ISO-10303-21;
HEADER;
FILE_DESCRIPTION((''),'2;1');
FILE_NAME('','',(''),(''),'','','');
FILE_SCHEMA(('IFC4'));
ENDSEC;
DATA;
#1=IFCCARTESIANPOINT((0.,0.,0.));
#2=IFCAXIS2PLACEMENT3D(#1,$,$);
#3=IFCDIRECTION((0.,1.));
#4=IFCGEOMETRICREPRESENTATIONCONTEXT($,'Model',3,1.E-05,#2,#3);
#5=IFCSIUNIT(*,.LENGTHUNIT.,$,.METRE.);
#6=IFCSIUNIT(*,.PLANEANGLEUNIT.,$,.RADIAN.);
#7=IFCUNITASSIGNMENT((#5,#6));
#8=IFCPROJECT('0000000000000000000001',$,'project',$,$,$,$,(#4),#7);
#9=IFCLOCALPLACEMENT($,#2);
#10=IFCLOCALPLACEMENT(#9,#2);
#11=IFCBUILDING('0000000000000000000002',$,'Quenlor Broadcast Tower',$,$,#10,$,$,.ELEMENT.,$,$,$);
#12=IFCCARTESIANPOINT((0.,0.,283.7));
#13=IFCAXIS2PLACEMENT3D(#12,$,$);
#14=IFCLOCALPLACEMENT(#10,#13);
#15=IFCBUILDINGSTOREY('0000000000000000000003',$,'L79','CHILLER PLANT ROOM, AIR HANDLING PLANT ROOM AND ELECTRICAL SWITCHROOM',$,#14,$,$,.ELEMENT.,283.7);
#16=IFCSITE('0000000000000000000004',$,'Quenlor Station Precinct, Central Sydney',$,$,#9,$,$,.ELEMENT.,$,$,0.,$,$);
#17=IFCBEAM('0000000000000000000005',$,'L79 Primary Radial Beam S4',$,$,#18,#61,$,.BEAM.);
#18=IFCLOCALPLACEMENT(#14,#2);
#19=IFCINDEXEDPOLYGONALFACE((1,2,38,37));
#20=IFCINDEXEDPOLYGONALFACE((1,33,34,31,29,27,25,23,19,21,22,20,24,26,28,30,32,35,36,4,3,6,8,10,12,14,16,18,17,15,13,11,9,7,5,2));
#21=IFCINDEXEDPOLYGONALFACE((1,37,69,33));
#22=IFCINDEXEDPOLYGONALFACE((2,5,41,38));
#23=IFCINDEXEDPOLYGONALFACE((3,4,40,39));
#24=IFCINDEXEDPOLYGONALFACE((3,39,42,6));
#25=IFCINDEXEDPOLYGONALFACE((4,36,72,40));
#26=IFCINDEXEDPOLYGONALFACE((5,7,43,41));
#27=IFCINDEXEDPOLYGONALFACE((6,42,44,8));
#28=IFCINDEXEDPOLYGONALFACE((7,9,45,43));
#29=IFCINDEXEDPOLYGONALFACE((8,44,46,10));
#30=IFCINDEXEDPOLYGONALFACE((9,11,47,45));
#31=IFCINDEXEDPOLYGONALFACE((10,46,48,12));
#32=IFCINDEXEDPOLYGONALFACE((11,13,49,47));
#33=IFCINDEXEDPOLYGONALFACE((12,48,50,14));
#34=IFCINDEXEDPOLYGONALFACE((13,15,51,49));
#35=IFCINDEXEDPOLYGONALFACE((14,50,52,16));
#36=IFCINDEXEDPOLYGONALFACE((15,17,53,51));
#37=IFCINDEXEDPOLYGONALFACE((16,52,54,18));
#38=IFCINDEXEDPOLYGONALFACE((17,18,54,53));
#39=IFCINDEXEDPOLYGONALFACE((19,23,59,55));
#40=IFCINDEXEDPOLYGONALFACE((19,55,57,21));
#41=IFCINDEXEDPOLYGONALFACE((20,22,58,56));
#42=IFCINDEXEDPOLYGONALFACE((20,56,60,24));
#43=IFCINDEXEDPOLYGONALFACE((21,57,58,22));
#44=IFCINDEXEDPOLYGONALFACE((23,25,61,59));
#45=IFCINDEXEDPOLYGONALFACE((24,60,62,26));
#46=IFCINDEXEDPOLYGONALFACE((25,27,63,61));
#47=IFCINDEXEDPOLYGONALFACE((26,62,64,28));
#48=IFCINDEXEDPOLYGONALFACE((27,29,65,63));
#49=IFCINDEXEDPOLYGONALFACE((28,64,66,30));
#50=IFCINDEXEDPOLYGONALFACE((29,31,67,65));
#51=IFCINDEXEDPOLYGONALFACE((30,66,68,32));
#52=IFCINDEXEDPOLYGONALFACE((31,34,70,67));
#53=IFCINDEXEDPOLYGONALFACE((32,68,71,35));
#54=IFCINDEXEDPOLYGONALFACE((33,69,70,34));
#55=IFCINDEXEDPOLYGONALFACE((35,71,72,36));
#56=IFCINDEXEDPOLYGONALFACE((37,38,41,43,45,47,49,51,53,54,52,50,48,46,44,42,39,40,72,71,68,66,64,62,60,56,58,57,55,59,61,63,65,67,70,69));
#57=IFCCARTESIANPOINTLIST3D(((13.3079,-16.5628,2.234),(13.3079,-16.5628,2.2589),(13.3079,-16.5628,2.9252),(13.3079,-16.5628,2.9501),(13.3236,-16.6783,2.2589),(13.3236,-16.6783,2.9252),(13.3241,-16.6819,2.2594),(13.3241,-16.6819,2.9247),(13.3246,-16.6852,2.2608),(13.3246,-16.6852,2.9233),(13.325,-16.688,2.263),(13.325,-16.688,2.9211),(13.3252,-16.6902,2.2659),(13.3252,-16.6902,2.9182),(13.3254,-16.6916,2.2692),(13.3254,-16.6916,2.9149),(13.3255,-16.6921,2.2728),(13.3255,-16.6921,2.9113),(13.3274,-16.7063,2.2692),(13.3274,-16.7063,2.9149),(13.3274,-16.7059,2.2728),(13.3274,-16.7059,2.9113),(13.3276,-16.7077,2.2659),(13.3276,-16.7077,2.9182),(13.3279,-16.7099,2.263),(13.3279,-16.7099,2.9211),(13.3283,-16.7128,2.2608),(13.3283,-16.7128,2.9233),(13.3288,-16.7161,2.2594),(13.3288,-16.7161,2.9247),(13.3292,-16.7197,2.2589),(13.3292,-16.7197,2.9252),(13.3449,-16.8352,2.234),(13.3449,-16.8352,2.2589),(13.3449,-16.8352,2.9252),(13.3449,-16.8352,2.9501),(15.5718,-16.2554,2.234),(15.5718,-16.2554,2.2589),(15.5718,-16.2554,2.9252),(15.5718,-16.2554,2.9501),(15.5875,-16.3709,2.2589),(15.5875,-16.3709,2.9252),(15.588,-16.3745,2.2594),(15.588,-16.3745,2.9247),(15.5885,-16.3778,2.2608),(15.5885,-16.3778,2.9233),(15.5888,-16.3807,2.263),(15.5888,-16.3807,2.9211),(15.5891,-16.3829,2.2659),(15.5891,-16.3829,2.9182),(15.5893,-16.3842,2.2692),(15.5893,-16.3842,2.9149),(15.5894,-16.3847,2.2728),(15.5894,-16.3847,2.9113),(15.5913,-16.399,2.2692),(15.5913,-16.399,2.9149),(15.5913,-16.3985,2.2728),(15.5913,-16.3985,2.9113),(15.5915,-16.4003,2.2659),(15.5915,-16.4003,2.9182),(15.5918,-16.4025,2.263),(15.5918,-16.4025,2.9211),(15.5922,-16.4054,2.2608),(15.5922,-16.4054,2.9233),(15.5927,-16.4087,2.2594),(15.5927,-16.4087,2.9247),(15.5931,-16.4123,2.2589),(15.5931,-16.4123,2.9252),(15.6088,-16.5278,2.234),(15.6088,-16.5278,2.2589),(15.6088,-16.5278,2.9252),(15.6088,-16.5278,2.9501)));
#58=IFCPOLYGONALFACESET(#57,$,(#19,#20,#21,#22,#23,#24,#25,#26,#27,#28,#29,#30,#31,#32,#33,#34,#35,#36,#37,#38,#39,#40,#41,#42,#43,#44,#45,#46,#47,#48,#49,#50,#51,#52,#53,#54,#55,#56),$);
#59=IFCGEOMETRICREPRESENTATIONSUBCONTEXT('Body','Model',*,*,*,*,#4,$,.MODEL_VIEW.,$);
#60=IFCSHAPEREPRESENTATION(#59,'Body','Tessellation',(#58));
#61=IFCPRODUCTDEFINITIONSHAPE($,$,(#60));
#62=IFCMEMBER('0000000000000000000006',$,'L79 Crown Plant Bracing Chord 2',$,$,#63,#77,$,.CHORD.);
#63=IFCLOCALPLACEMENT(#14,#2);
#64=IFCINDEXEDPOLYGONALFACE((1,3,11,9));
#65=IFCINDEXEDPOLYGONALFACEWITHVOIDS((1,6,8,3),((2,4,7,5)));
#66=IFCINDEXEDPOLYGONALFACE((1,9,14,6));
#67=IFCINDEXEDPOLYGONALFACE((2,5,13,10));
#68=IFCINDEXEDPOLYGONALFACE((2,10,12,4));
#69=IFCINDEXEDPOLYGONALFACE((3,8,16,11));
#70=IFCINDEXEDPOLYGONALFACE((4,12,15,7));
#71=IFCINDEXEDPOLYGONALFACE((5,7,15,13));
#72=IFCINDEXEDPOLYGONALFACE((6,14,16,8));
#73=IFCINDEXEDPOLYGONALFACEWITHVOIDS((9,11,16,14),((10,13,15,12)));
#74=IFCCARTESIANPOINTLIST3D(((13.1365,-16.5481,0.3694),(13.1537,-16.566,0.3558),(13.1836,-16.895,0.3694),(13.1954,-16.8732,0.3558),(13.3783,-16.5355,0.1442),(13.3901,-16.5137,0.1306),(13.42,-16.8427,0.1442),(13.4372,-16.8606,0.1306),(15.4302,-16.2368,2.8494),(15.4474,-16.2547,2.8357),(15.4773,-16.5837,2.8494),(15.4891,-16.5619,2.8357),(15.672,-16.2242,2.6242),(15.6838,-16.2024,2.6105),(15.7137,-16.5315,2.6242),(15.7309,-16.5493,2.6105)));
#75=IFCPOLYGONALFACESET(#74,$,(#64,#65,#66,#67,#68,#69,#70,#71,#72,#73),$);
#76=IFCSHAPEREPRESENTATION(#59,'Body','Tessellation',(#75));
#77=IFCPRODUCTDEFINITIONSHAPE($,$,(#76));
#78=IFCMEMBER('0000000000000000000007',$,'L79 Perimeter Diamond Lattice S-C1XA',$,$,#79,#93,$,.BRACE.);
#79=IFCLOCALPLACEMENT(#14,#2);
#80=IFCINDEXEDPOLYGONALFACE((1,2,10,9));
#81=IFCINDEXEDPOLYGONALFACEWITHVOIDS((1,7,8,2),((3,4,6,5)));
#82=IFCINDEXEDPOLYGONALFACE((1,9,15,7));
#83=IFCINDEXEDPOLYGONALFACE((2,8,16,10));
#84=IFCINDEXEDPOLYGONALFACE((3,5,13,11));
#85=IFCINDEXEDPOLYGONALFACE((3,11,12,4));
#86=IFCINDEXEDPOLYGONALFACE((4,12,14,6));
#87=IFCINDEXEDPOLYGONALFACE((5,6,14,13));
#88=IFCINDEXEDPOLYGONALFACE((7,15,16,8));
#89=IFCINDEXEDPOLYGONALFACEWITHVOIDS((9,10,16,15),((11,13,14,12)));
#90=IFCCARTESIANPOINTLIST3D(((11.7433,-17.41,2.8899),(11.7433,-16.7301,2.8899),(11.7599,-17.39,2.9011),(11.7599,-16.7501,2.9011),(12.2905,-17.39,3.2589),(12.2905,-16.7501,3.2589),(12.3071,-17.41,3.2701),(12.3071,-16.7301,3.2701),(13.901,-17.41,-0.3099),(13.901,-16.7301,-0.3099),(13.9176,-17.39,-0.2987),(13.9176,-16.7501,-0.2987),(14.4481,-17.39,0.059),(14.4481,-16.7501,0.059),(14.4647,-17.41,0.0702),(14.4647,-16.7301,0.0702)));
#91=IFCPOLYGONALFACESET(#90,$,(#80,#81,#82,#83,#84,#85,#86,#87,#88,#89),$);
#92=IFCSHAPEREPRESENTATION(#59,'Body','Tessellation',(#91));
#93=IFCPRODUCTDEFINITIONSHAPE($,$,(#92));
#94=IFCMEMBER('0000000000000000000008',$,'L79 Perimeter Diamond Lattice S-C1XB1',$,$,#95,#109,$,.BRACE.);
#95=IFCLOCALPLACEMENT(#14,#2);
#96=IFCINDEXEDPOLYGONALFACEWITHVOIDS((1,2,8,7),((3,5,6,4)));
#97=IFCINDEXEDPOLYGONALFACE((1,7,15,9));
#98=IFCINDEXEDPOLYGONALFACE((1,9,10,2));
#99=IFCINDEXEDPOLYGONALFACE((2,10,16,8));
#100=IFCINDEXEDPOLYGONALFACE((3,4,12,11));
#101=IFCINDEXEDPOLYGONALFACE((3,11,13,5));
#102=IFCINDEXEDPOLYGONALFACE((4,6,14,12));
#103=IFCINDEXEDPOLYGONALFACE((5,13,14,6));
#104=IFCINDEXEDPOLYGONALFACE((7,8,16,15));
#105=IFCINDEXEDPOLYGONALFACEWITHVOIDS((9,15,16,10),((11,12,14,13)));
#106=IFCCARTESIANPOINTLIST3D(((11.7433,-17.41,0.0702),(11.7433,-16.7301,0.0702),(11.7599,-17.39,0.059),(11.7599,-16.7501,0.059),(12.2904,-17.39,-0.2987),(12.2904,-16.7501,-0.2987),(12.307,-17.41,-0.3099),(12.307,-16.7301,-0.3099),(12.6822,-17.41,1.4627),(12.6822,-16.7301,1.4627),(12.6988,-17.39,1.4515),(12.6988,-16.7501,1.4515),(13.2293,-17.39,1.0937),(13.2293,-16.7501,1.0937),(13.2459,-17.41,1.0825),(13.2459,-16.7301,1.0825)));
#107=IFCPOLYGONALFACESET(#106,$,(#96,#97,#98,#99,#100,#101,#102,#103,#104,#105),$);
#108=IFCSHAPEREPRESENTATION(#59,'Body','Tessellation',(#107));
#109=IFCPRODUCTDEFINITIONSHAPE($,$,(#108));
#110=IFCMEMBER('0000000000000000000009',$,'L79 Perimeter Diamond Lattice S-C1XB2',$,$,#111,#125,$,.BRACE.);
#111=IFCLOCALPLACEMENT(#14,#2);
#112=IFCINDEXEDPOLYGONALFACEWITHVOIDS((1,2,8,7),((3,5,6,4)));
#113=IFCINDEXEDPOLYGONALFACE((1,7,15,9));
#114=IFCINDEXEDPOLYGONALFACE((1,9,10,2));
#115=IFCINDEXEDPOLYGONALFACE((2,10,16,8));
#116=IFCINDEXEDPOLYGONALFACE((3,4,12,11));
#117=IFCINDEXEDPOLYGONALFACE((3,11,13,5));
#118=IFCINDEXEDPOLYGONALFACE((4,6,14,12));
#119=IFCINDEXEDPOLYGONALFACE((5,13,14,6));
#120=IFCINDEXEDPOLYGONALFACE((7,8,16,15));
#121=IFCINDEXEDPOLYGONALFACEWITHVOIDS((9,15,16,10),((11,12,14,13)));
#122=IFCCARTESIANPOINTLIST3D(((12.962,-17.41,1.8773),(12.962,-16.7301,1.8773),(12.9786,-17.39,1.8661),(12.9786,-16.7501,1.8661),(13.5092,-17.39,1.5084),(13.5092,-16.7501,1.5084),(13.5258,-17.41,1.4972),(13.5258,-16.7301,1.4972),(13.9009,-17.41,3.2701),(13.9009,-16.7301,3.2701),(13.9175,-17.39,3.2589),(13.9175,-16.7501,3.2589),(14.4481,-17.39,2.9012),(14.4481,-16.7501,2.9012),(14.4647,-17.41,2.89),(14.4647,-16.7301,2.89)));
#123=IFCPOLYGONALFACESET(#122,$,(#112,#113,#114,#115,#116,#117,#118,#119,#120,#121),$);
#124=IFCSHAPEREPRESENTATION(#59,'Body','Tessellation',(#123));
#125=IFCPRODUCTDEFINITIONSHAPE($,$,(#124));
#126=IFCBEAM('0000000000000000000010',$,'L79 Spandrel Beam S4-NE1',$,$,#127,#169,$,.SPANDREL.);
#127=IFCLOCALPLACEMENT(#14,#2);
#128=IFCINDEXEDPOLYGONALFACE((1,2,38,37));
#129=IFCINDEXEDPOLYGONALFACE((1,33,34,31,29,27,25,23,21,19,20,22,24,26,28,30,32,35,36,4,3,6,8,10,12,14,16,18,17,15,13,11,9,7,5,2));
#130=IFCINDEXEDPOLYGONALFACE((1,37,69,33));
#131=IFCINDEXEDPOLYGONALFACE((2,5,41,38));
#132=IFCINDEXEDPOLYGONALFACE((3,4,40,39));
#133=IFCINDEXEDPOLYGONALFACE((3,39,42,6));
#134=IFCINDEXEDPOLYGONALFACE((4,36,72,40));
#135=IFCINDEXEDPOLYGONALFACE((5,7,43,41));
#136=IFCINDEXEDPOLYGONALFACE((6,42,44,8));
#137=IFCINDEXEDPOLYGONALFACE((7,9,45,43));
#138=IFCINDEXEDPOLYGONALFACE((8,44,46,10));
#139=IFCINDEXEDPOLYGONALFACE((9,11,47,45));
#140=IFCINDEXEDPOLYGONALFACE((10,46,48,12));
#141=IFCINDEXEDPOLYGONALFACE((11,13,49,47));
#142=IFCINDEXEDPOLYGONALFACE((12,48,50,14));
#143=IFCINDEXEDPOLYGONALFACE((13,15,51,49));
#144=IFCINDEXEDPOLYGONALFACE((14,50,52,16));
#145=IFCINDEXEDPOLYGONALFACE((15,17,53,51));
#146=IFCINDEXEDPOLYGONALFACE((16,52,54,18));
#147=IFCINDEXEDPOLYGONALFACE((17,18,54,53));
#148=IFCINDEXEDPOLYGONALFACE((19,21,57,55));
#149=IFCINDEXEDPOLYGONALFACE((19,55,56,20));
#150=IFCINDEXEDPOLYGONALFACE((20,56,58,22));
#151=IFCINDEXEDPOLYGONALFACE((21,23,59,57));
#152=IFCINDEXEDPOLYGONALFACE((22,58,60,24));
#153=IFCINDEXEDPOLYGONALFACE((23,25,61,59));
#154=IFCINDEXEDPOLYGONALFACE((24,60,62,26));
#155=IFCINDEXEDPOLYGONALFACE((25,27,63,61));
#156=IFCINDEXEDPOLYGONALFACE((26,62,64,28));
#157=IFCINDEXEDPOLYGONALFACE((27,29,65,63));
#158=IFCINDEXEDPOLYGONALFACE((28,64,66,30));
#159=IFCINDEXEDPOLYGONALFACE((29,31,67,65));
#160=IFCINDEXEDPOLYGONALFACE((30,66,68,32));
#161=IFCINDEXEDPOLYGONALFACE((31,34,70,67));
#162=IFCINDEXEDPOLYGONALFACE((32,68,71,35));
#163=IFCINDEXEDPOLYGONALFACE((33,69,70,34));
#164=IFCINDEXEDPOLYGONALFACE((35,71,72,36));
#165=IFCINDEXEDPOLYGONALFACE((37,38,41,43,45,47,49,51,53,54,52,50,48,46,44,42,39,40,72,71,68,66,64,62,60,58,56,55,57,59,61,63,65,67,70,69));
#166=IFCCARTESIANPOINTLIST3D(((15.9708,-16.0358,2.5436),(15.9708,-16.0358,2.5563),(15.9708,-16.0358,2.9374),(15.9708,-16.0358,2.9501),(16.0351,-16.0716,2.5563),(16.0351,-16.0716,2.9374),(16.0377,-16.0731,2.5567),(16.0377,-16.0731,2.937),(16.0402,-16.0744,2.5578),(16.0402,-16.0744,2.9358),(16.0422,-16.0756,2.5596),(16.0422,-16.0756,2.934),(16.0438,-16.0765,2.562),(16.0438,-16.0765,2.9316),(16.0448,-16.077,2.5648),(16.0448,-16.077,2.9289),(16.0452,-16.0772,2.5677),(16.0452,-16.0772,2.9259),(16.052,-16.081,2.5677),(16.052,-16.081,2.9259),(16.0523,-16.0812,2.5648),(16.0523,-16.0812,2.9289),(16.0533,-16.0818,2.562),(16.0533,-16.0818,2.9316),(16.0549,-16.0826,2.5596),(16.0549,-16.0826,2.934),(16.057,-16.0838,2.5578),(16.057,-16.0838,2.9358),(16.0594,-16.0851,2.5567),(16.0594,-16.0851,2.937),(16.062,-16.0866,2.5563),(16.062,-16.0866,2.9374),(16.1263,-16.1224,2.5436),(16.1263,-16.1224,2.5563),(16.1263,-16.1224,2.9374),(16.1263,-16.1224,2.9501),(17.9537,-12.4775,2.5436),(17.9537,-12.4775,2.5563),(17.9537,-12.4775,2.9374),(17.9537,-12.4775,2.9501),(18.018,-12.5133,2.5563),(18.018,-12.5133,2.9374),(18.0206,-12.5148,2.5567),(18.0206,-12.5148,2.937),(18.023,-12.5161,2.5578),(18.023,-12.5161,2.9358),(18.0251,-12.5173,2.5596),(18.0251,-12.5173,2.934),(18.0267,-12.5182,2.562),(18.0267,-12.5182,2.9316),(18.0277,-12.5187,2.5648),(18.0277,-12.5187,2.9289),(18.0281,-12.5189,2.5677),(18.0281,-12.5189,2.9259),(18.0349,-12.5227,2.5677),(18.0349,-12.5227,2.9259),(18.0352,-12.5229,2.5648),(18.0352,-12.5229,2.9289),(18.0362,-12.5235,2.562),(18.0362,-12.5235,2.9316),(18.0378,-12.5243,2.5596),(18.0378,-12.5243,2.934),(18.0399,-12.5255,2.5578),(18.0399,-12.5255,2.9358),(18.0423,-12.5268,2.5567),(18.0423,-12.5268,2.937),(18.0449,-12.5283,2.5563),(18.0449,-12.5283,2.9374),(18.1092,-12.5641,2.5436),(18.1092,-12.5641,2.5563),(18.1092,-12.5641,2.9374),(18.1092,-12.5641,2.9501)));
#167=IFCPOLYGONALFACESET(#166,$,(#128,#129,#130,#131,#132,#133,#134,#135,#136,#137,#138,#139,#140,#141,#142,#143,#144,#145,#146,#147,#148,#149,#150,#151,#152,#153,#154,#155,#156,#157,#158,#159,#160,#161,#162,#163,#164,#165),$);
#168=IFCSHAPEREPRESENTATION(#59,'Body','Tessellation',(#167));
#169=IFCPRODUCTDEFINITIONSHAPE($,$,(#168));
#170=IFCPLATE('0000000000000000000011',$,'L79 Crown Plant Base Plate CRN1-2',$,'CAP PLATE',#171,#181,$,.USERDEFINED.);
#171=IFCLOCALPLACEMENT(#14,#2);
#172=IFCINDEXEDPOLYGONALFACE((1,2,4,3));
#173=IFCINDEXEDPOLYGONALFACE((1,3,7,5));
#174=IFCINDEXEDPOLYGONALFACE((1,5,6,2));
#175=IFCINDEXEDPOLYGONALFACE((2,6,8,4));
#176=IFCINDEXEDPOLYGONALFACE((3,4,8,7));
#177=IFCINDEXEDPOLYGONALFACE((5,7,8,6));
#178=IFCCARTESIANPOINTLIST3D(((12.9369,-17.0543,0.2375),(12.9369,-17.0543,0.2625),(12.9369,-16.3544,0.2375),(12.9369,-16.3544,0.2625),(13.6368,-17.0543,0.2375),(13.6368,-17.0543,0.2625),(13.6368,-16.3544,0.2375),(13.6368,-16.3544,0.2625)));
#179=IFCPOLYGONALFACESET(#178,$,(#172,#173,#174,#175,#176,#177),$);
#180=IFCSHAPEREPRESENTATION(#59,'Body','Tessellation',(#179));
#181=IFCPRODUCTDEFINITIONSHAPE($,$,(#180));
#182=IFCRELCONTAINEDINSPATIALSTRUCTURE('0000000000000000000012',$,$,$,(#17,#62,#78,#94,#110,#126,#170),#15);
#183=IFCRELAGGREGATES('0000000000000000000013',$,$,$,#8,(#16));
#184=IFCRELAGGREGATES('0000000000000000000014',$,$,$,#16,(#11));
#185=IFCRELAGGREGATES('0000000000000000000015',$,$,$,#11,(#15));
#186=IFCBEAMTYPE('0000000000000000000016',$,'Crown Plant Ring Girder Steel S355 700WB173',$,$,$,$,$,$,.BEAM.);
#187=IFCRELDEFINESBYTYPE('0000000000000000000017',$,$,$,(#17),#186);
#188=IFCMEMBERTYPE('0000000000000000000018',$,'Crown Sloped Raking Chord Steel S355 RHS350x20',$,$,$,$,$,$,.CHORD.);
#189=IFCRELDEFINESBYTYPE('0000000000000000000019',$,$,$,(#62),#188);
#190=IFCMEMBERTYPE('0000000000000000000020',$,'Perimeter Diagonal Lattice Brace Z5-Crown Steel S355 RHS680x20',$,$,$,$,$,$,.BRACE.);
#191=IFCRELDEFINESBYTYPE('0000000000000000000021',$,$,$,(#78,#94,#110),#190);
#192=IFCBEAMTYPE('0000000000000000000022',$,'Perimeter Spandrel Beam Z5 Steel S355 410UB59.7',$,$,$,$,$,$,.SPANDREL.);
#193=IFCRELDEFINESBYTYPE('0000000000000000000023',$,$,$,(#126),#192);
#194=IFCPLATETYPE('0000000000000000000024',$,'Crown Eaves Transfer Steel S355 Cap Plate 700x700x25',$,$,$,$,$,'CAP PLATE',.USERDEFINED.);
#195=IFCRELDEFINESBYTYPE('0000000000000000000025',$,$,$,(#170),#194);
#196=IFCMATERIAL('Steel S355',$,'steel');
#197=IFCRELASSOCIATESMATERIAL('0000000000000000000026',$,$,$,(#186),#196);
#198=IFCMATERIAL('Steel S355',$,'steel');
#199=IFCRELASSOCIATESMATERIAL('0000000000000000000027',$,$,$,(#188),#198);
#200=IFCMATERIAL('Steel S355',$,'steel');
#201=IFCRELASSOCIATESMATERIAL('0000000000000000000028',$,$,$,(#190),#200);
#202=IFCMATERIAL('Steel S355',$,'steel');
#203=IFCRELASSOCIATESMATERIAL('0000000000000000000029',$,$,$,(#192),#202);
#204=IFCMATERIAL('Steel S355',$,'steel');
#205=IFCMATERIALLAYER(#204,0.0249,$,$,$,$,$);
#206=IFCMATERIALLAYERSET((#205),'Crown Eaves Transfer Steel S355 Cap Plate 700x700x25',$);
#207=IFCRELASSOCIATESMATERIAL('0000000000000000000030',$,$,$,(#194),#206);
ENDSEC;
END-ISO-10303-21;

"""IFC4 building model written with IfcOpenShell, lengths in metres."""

from ifc_helpers import new_model, si_unit, direction, frame, origin, origin_2d, place, context, subcontext, project, spatial, rectangle, hollow_rectangle, i_section, extrude, material, layer, layer_set, material_profile, profile_set, type_object, element, save


model = new_model("IFC4")

# Units and contexts
model_context = context("Model", 3, precision=1e-05, world=origin(), true_north=direction((0.0, 1.0)))
body_context = subcontext(model_context, "Body", "Model", "MODEL_VIEW")
ifc_project = project(units=[si_unit("LENGTHUNIT", "METRE"), si_unit("PLANEANGLEUNIT", "RADIAN")], contexts=[model_context])

# Site, building, storey
site_placement = place(None, origin())
site = spatial("IfcSite", under=ifc_project, at=site_placement, Name="Quenlor Station Precinct, Central Sydney", CompositionType="ELEMENT", RefElevation=0.0)
building_placement = place(site_placement, origin())
building = spatial("IfcBuilding", under=site, at=building_placement, Name="Quenlor Broadcast Tower", CompositionType="ELEMENT")
storey_placement = place(building_placement, frame((0.0, 0.0, 283.7)))
storey = spatial("IfcBuildingStorey", under=building, at=storey_placement, Name="L79", Description="CHILLER PLANT ROOM, AIR HANDLING PLANT ROOM AND ELECTRICAL SWITCHROOM", CompositionType="ELEMENT", Elevation=283.7)

# Beam
ifc_material_1 = material(Name="Steel S355", Category="steel")
ifc_material_profile_1 = material_profile(ifc_material_1, i_section(OverallWidth=0.2749, OverallDepth=0.7161, WebThickness=0.0139, FlangeThickness=0.0249, FilletRadius=0.0139, at=origin_2d()))
ifc_profile_set_1 = profile_set([ifc_material_profile_1], Name="Steel S355 700WB173")
beam_type_1 = type_object("IfcBeamType", Name="Crown Plant Ring Girder Steel S355 700WB173", PredefinedType="BEAM", material=ifc_profile_set_1)
beam_1_placement = place(storey_placement, frame((15.5903, -16.3916, 2.592), z_axis=(-0.990909, -0.134536, 0.0), x_axis=(0.134536, -0.990909, 0.0)))
element("IfcBeam", 1, at=beam_1_placement, inside=storey, type_object=beam_type_1, Name="L79 Primary Radial Beam S4", PredefinedType="BEAM", context=body_context, shape_type="SweptSolid", body=[
    extrude(i_section(OverallWidth=0.2749, OverallDepth=0.7161, WebThickness=0.0139, FlangeThickness=0.0249, FilletRadius=0.0139, at=origin_2d()), origin(), (0.0, 0.0, 1.0), 2.2847),
])

# Members
ifc_material_2 = material(Name="Steel S355", Category="steel")
ifc_material_profile_2 = material_profile(ifc_material_2, hollow_rectangle(XDim=0.3501, YDim=0.3501, WallThickness=0.02, at=origin_2d()))
ifc_profile_set_2 = profile_set([ifc_material_profile_2], Name="Steel S355 RHS350x350x20")
member_type_1 = type_object("IfcMemberType", Name="Crown Sloped Raking Chord Steel S355 RHS350x20", PredefinedType="CHORD", material=ifc_profile_set_2)
member_1_placement = place(storey_placement, frame((13.2869, -16.7043, 0.25), z_axis=(0.676133, 0.091758, 0.731044), x_axis=(-0.134478, 0.990917, 0.0)))
element("IfcMember", 2, at=member_1_placement, inside=storey, type_object=member_type_1, Name="L79 Crown Plant Bracing Chord 2", PredefinedType="CHORD", context=body_context, shape_type="SweptSolid", body=[
    extrude(hollow_rectangle(XDim=0.3501, YDim=0.3501, WallThickness=0.02, at=origin_2d()), origin(), (0.0, 0.0, 1.0), 3.3923),
])
ifc_material_3 = material(Name="Steel S355", Category="steel")
ifc_material_profile_3 = material_profile(ifc_material_3, hollow_rectangle(XDim=0.6799, YDim=0.6799, WallThickness=0.02, at=origin_2d()))
ifc_profile_set_3 = profile_set([ifc_material_profile_3], Name="Steel S355 RHS680x680x20")
member_type_2 = type_object("IfcMemberType", Name="Perimeter Diagonal Lattice Brace Z5-Crown Steel S355 RHS680x20", PredefinedType="BRACE", material=ifc_profile_set_3)
member_2_placement = place(storey_placement, frame((14.1829, -17.0701, -0.1199), z_axis=(-0.559072, 0.0, 0.829119), x_axis=(0.0, -1.0, 0.0)))
element("IfcMember", 3, at=member_2_placement, inside=storey, type_object=member_type_2, Name="L79 Perimeter Diamond Lattice S-C1XA", PredefinedType="BRACE", context=body_context, shape_type="SweptSolid", body=[
    extrude(hollow_rectangle(XDim=0.6799, YDim=0.6799, WallThickness=0.02, at=origin_2d()), origin(), (0.0, 0.0, 1.0), 3.8594),
])
member_3_placement = place(storey_placement, frame((12.0251, -17.0701, -0.1199), z_axis=(0.559053, 0.0, 0.829132), x_axis=(0.0, 1.0, 0.0)))
element("IfcMember", 4, at=member_3_placement, inside=storey, type_object=member_type_2, Name="L79 Perimeter Diamond Lattice S-C1XB1", PredefinedType="BRACE", context=body_context, shape_type="SweptSolid", body=[
    extrude(hollow_rectangle(XDim=0.6799, YDim=0.6799, WallThickness=0.02, at=origin_2d()), origin(), (0.0, 0.0, 1.0), 1.6794),
])
member_4_placement = place(storey_placement, frame((13.2439, -17.0701, 1.6873), z_axis=(0.558986, 0.0, 0.829177), x_axis=(0.0, 1.0, 0.0)))
element("IfcMember", 5, at=member_4_placement, inside=storey, type_object=member_type_2, Name="L79 Perimeter Diamond Lattice S-C1XB2", PredefinedType="BRACE", context=body_context, shape_type="SweptSolid", body=[
    extrude(hollow_rectangle(XDim=0.6799, YDim=0.6799, WallThickness=0.02, at=origin_2d()), origin(), (0.0, 0.0, 1.0), 1.6797),
])

# Beam
ifc_material_4 = material(Name="Steel S355", Category="steel")
ifc_material_profile_4 = material_profile(ifc_material_4, i_section(OverallWidth=0.178, OverallDepth=0.4065, WebThickness=0.0078, FlangeThickness=0.0127, FilletRadius=0.0115, at=origin_2d()))
ifc_profile_set_4 = profile_set([ifc_material_profile_4], Name="Steel S355 410UB59.7")
beam_type_2 = type_object("IfcBeamType", Name="Perimeter Spandrel Beam Z5 Steel S355 410UB59.7", PredefinedType="SPANDREL", material=ifc_profile_set_4)
beam_2_placement = place(storey_placement, frame((16.0486, -16.0791, 2.7468), z_axis=(0.486777, 0.873526, 0.0), x_axis=(-0.873526, 0.486777, 0.0)))
element("IfcBeam", 6, at=beam_2_placement, inside=storey, type_object=beam_type_2, Name="L79 Spandrel Beam S4-NE1", PredefinedType="SPANDREL", context=body_context, shape_type="SweptSolid", body=[
    extrude(i_section(OverallWidth=0.178, OverallDepth=0.4065, WebThickness=0.0078, FlangeThickness=0.0127, FilletRadius=0.0115, at=origin_2d()), origin(), (0.0, 0.0, 1.0), 4.0735),
])

# Plate
ifc_material_5 = material(Name="Steel S355", Category="steel")
ifc_layer_1 = layer(ifc_material_5, 0.0249)
ifc_layer_set_1 = layer_set([ifc_layer_1], Name="Crown Eaves Transfer Steel S355 Cap Plate 700x700x25")
plate_type_1 = type_object("IfcPlateType", Name="Crown Eaves Transfer Steel S355 Cap Plate 700x700x25", ElementType="CAP PLATE", PredefinedType="USERDEFINED", material=ifc_layer_set_1)
plate_1_placement = place(storey_placement, frame((13.2869, -16.7043, 0.2375), z_axis=(0.0, 0.0, 1.0), x_axis=(1.0, 0.0, 0.0)))
element("IfcPlate", 7, at=plate_1_placement, inside=storey, type_object=plate_type_1, Name="L79 Crown Plant Base Plate CRN1-2", ObjectType="CAP PLATE", PredefinedType="USERDEFINED", context=body_context, shape_type="SweptSolid", body=[
    extrude(rectangle(XDim=0.7, YDim=0.7, at=origin_2d()), origin(), (0.0, 0.0, 1.0), 0.0249),
])

save(model, "model.ifc")
